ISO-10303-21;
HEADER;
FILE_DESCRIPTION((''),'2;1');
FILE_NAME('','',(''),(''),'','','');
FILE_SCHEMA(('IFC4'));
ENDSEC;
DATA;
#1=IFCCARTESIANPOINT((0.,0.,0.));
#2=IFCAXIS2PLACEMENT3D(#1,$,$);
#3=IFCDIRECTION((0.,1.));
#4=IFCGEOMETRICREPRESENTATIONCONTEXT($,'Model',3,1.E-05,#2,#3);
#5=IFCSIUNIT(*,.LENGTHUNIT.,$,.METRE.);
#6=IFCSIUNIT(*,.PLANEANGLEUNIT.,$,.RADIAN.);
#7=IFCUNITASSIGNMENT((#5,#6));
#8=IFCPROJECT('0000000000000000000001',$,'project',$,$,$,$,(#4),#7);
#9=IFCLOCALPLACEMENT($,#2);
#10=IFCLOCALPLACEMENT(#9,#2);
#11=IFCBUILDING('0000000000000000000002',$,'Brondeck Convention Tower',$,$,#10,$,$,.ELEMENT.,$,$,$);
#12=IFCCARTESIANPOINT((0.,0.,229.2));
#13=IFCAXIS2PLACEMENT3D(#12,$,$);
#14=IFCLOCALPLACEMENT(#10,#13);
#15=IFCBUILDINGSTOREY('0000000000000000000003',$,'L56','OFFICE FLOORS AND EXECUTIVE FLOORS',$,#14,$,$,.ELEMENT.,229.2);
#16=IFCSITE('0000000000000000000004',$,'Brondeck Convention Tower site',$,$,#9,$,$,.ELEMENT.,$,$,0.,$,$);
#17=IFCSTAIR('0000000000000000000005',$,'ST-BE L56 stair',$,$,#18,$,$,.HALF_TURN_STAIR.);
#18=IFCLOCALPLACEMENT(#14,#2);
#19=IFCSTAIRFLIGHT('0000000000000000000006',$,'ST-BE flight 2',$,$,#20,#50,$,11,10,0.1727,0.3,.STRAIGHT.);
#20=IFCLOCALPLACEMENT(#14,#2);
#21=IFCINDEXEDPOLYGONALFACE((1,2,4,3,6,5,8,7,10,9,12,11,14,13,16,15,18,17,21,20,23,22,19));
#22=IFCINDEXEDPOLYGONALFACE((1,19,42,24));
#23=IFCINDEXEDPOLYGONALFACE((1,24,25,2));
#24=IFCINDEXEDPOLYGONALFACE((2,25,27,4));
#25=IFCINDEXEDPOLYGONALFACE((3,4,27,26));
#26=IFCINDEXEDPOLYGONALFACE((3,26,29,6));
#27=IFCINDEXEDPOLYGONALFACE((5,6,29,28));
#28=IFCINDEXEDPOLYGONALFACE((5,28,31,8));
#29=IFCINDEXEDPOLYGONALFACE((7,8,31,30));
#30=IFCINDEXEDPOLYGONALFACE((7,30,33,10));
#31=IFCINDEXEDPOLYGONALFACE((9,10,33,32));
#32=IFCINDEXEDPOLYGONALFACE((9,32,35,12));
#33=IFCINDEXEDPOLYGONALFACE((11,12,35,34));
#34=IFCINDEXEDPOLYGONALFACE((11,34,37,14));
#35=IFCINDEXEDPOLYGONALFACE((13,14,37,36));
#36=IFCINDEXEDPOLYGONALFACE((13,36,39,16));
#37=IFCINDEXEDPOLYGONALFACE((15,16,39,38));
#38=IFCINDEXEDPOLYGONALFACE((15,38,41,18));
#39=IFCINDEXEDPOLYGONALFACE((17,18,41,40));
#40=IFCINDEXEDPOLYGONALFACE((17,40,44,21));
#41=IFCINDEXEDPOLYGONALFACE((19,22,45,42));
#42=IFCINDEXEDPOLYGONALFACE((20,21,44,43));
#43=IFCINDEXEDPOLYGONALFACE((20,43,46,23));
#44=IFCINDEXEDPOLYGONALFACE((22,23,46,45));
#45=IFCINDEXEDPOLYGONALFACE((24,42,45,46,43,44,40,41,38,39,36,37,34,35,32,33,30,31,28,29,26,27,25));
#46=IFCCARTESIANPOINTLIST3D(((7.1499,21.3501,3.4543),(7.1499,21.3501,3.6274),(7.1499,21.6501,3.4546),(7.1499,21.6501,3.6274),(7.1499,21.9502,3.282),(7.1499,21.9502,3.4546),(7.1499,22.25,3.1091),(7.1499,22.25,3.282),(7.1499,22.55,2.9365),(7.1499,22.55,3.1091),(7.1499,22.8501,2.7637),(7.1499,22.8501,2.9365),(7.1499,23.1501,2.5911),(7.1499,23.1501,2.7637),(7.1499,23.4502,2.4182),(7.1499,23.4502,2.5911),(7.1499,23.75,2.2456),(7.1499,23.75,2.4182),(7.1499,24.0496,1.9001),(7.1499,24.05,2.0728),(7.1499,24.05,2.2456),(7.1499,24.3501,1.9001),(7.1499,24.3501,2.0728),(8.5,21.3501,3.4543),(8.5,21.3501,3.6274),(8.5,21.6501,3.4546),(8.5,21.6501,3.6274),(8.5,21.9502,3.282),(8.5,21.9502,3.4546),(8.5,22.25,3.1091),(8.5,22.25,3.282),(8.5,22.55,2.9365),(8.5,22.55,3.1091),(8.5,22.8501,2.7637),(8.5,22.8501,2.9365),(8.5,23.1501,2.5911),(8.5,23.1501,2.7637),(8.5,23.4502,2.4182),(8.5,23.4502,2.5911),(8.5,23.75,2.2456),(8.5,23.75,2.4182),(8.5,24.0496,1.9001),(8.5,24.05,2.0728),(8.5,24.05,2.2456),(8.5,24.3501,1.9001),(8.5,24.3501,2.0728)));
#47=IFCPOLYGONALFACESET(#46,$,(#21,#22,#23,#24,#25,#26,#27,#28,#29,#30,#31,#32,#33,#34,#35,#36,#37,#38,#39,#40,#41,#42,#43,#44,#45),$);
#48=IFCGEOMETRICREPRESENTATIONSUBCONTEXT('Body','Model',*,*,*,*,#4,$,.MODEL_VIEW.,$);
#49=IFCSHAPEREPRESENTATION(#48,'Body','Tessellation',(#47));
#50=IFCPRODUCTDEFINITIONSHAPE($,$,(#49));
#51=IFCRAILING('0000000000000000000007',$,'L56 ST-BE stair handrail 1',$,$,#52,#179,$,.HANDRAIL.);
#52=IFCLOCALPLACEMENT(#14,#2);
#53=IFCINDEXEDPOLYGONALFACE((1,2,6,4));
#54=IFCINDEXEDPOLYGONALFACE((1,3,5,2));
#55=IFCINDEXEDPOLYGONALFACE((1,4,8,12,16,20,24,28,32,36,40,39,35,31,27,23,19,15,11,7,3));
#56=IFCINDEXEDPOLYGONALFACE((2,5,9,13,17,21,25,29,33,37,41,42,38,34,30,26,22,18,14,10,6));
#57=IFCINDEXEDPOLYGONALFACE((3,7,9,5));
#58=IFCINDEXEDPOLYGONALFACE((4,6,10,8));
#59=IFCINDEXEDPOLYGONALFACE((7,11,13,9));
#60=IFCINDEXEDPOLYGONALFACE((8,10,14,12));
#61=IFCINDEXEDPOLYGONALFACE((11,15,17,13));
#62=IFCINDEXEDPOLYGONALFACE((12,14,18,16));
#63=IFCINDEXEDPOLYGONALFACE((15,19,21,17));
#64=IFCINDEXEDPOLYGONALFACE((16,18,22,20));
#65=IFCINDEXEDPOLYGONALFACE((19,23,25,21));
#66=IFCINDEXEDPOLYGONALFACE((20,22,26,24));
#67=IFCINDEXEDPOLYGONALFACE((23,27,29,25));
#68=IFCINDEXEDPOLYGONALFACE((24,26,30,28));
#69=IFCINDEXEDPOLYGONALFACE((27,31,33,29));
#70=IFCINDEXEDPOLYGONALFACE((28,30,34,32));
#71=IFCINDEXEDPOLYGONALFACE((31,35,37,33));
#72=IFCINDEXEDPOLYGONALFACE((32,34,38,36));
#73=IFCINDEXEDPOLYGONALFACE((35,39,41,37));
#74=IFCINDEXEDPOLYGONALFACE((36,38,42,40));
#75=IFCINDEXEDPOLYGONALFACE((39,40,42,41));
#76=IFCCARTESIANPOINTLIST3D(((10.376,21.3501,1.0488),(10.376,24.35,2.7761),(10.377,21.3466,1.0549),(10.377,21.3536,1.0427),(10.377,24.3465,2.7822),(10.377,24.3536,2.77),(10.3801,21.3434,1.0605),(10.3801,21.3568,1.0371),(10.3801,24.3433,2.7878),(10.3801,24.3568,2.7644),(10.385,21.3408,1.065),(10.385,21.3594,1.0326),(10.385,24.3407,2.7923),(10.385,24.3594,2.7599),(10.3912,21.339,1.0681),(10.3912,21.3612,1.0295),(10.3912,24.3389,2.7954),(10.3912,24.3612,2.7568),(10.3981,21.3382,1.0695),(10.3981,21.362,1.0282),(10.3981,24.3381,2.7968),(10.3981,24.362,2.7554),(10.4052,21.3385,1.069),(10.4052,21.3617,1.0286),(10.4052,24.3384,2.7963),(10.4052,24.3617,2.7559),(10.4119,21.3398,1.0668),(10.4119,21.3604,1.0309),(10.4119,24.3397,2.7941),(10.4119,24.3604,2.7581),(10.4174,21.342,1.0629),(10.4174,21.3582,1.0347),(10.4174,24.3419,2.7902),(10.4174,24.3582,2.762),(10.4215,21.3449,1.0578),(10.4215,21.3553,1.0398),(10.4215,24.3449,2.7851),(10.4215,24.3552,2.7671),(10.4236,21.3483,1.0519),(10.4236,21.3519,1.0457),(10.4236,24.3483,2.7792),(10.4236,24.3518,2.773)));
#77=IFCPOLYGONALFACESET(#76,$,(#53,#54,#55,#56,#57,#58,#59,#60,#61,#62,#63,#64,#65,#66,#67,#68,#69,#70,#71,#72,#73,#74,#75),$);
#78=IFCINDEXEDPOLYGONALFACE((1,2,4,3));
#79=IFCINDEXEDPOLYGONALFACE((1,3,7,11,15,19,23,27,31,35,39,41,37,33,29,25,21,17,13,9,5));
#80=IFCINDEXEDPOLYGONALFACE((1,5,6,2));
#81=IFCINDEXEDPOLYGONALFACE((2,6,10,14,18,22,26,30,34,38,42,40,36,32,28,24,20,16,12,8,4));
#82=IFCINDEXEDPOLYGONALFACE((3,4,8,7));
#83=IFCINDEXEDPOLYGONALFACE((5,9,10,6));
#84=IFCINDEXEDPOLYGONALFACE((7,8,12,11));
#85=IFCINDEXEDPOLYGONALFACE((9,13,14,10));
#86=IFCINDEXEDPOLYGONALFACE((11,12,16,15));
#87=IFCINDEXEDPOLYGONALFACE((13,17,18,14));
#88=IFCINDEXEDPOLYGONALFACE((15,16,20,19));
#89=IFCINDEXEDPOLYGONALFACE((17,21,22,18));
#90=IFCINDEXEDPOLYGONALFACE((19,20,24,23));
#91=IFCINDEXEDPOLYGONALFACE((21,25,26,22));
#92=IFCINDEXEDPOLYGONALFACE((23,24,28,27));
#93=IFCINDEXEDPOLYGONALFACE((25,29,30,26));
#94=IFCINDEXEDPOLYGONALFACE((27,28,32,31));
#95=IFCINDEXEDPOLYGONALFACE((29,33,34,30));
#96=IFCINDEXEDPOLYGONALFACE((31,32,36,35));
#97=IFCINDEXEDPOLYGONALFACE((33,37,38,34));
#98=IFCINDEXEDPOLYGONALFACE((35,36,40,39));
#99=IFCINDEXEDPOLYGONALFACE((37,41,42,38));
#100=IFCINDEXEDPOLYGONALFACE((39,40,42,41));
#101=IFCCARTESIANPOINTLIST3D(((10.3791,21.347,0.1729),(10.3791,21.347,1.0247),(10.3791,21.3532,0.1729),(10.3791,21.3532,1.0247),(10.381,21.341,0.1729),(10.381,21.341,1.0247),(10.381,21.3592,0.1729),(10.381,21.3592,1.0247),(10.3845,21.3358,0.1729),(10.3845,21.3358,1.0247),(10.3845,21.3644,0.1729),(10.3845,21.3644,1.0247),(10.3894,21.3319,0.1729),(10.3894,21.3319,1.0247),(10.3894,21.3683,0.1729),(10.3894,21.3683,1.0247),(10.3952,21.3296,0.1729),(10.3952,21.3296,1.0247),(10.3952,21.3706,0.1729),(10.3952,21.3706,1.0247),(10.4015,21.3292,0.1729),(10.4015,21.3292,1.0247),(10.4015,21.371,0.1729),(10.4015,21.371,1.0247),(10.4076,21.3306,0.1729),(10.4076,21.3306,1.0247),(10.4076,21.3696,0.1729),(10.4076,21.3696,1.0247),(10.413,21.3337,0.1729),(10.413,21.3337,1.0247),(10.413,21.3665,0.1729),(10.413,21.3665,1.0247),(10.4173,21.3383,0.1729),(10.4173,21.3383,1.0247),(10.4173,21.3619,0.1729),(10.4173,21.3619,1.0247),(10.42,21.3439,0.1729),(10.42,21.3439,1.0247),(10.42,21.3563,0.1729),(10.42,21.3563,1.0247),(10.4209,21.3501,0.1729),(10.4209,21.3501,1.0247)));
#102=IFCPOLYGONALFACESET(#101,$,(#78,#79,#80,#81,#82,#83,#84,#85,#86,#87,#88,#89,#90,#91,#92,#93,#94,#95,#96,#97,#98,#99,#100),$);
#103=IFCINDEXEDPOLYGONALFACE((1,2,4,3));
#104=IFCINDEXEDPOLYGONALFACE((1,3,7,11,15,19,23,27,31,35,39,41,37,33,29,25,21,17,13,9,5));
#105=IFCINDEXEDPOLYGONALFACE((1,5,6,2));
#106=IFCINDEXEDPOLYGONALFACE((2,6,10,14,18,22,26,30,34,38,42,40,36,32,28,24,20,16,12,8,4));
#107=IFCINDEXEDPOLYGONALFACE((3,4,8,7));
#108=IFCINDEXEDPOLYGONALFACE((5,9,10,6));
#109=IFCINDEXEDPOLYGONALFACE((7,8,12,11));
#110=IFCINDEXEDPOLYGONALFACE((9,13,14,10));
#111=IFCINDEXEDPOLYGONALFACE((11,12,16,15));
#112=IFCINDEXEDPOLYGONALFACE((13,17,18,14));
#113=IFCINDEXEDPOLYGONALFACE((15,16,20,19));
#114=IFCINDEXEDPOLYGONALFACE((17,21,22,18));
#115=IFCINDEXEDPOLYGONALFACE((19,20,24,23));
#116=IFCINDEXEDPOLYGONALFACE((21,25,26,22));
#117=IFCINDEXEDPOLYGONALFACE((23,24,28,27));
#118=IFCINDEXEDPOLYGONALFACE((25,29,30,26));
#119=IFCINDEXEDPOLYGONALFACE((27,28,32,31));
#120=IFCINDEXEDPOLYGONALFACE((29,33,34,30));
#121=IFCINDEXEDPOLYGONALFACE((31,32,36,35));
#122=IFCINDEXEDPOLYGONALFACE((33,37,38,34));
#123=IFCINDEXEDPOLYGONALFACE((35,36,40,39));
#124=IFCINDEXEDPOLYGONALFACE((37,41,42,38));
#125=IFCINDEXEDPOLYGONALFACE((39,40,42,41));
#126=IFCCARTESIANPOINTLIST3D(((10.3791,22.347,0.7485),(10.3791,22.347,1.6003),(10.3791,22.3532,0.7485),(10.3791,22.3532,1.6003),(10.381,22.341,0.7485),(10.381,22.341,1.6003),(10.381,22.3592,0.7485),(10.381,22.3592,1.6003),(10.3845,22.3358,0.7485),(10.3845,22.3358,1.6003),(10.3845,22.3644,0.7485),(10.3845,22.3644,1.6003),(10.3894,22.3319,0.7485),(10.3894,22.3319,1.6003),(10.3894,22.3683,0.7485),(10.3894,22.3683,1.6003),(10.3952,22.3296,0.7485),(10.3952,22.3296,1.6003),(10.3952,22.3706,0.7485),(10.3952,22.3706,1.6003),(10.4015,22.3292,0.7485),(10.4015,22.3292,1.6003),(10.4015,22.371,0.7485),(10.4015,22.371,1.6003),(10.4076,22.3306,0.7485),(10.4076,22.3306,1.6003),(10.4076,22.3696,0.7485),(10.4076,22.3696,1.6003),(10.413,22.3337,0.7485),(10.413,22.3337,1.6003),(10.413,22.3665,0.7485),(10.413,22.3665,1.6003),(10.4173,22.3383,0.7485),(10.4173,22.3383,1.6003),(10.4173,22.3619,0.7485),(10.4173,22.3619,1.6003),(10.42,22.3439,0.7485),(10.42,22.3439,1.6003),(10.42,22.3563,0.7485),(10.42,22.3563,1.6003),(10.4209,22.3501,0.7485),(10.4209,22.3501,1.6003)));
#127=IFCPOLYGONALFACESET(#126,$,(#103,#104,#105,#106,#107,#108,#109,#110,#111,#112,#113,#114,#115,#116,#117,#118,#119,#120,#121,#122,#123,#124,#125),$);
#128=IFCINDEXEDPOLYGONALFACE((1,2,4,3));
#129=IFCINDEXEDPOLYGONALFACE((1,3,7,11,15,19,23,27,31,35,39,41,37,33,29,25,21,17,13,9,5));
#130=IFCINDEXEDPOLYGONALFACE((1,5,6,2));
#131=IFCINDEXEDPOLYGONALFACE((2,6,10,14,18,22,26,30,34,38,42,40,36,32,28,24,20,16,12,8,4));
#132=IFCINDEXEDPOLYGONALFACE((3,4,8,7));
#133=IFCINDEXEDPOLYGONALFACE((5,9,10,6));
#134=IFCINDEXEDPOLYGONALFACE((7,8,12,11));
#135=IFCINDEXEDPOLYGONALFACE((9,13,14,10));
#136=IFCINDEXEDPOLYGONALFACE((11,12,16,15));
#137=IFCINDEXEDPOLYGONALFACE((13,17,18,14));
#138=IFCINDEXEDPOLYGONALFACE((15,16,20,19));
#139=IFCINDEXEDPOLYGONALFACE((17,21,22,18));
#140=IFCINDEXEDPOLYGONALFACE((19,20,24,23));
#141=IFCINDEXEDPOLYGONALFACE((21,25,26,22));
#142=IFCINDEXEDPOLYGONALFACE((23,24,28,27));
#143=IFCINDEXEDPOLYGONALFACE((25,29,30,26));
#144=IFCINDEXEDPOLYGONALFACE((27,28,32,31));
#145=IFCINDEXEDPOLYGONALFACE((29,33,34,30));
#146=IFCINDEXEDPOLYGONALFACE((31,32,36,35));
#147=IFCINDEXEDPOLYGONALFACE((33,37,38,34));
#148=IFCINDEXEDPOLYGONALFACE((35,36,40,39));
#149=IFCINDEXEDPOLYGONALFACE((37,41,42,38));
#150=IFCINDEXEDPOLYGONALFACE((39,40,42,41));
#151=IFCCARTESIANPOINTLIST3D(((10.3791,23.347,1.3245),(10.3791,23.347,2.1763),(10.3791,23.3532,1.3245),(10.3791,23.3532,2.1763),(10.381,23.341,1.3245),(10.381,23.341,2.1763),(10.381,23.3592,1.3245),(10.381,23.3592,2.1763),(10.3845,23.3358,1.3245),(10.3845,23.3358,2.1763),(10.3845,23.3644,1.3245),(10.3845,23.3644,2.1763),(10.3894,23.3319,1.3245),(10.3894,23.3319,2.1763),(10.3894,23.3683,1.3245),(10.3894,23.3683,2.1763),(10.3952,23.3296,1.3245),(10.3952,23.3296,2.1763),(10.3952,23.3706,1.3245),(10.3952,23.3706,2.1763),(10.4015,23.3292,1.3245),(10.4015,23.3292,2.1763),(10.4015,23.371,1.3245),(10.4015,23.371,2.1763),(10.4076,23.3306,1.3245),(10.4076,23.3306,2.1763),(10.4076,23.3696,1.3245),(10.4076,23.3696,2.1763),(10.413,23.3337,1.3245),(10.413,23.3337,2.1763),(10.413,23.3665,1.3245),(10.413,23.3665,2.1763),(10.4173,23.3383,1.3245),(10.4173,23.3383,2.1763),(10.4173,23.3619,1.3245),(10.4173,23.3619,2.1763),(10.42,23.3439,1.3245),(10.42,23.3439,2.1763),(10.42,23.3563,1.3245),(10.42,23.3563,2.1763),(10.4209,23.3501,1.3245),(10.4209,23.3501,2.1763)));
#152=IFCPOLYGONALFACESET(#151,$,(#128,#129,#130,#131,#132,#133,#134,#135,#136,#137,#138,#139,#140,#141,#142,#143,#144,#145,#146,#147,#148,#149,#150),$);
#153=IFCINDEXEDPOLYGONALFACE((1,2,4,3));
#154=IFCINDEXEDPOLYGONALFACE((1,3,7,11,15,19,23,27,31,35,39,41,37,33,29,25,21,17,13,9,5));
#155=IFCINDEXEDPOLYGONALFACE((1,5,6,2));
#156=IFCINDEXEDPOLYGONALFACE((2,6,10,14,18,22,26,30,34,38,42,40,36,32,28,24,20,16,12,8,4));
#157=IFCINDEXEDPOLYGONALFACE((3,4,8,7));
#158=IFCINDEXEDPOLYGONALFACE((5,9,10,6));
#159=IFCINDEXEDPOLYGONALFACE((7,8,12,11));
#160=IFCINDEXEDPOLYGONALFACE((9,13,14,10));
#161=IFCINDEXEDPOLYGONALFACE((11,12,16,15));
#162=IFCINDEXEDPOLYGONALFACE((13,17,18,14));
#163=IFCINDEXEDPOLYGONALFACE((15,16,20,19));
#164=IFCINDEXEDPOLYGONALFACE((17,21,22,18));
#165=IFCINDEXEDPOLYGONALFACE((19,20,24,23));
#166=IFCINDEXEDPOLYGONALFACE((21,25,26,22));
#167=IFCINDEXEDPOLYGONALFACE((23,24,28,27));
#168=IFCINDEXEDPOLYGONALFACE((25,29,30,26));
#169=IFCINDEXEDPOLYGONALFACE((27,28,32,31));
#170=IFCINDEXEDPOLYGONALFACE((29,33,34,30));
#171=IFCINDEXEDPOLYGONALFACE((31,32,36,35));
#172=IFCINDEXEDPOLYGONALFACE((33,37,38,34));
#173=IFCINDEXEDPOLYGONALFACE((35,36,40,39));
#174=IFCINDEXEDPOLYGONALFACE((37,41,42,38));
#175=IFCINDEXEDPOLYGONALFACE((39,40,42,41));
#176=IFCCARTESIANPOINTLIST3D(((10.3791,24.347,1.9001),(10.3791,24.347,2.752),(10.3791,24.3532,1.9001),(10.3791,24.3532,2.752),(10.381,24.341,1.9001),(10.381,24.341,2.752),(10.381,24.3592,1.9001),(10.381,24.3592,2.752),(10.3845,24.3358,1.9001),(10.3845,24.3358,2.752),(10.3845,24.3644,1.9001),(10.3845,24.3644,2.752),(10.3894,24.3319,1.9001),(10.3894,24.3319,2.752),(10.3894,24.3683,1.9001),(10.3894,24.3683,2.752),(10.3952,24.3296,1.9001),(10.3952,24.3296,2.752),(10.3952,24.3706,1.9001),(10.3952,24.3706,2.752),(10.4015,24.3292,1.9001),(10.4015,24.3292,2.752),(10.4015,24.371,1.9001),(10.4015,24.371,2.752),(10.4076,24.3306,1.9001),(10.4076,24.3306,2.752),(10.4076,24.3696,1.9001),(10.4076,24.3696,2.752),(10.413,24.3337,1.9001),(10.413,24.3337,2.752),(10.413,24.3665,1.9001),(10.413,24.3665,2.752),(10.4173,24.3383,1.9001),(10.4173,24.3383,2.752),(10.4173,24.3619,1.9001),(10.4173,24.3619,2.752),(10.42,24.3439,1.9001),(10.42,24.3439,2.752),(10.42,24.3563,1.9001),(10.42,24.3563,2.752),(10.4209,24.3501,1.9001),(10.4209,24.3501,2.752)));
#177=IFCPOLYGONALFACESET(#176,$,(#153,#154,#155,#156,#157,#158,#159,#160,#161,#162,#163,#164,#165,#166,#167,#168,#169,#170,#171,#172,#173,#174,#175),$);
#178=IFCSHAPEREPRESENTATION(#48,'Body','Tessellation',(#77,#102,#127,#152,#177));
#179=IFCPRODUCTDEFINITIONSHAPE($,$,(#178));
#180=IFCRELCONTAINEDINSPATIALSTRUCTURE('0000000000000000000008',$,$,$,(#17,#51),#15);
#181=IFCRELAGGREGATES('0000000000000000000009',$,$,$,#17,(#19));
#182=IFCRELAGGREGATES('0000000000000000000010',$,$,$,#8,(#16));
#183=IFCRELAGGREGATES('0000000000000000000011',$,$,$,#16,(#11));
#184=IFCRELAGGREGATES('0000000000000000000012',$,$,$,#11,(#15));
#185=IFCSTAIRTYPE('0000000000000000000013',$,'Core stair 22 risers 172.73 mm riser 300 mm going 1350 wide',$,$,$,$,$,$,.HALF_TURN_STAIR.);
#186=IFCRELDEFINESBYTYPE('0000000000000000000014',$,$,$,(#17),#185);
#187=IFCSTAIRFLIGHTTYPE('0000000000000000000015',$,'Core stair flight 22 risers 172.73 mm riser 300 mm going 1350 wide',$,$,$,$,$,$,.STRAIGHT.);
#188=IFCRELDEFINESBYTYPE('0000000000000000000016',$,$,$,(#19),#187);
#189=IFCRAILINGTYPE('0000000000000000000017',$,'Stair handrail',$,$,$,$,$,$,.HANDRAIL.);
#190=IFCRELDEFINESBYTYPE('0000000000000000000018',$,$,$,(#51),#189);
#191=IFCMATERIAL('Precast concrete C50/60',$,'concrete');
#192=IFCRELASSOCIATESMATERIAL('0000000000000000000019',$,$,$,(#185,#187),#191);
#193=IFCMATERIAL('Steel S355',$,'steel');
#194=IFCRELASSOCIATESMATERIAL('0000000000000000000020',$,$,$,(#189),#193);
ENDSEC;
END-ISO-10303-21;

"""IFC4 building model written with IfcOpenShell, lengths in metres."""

from ifc_helpers import new_model, si_unit, direction, frame, origin, origin_2d, place, context, subcontext, project, spatial, polyline, circle, outline, extrude, material, type_object, element, aggregate, save


model = new_model("IFC4")

# Units and contexts
model_context = context("Model", 3, precision=1e-05, world=origin(), true_north=direction((0.0, 1.0)))
body_context = subcontext(model_context, "Body", "Model", "MODEL_VIEW")
ifc_project = project(units=[si_unit("LENGTHUNIT", "METRE"), si_unit("PLANEANGLEUNIT", "RADIAN")], contexts=[model_context])

# Site, building, storey
site_placement = place(None, origin())
site = spatial("IfcSite", under=ifc_project, at=site_placement, Name="Brondeck Convention Tower site", CompositionType="ELEMENT", RefElevation=0.0)
building_placement = place(site_placement, origin())
building = spatial("IfcBuilding", under=site, at=building_placement, Name="Brondeck Convention Tower", CompositionType="ELEMENT")
storey_placement = place(building_placement, frame((0.0, 0.0, 229.2)))
storey = spatial("IfcBuildingStorey", under=building, at=storey_placement, Name="L56", Description="OFFICE FLOORS AND EXECUTIVE FLOORS", CompositionType="ELEMENT", Elevation=229.2)

# Shared definitions
ifc_material_1 = material(Name="Steel S355", Category="steel")

# Stair, stair flight
ifc_material_2 = material(Name="Precast concrete C50/60", Category="concrete")
stair_type = type_object("IfcStairType", Name="Core stair 22 risers 172.73 mm riser 300 mm going 1350 wide", PredefinedType="HALF_TURN_STAIR", material=ifc_material_2)
stair_placement = place(storey_placement, origin())
stair = element("IfcStair", 1, at=stair_placement, inside=storey, type_object=stair_type, Name="ST-BE L56 stair", PredefinedType="HALF_TURN_STAIR")
stair_flight_type = type_object("IfcStairFlightType", Name="Core stair flight 22 risers 172.73 mm riser 300 mm going 1350 wide", PredefinedType="STRAIGHT", material=ifc_material_2)
stair_flight_1_placement = place(storey_placement, frame((7.825, 24.3501, 1.9001), z_axis=(0.0, 0.0, 1.0), x_axis=(0.0, -1.0, 0.0)))
stair_flight_1 = element("IfcStairFlight", 2, at=stair_flight_1_placement, type_object=stair_flight_type, Name="ST-BE flight 2", NumberOfRisers=11, NumberOfTreads=10, PredefinedType="STRAIGHT", RiserHeight=0.1727, TreadLength=0.3, context=body_context, shape_type="SweptSolid", body=[
    extrude(outline(polyline([(0.0, 0.0), (0.0, 0.1726), (0.3, 0.1726), (0.3, 0.3455), (0.6001, 0.3455), (0.6001, 0.5181), (0.8999, 0.5181), (0.8999, 0.6909), (1.2, 0.6909), (1.2, 0.8635), (1.5, 0.8635), (1.5, 1.0364), (1.8, 1.0364), (1.8, 1.209), (2.1001, 1.209), (2.1001, 1.3818), (2.3999, 1.3818), (2.3999, 1.5544), (2.7, 1.5544), (2.7, 1.7273), (3.0, 1.7273), (3.0, 1.8999), (3.0, 1.5542), (0.3005, 0.0), (0.0, 0.0)])), frame((0.0, 0.675, 0.0), z_axis=(0.0, -1.0, 0.0), x_axis=(1.0, 0.0, 0.0)), (0.0, 0.0, 1.0), 1.3501),
])
aggregate(stair, [stair_flight_1])

# Railing
railing_type_1 = type_object("IfcRailingType", Name="Stair handrail", PredefinedType="HANDRAIL", material=ifc_material_1)
railing_1_placement = place(storey_placement, frame((10.3999, 21.3501, 0.1729)))
element("IfcRailing", 3, at=railing_1_placement, inside=storey, type_object=railing_type_1, Name="L56 ST-BE stair handrail 1", PredefinedType="HANDRAIL", context=body_context, shape_type="SweptSolid", body=[
    extrude(circle(Radius=0.0239, at=origin_2d()), frame((0.0, 0.0, 0.876), z_axis=(0.0, 0.86662, 0.498969), x_axis=(-1.0, 0.0, 0.0)), (0.0, 0.0, 1.0), 3.4617),
    extrude(circle(Radius=0.021, at=origin_2d()), origin(), (0.0, 0.0, 1.0), 0.8518),
    extrude(circle(Radius=0.021, at=origin_2d()), frame((0.0, 1.0, 0.5757)), (0.0, 0.0, 1.0), 0.8518),
    extrude(circle(Radius=0.021, at=origin_2d()), frame((0.0, 2.0, 1.1516)), (0.0, 0.0, 1.0), 0.8518),
    extrude(circle(Radius=0.021, at=origin_2d()), frame((0.0, 3.0, 1.7273)), (0.0, 0.0, 1.0), 0.8518),
])

save(model, "model.ifc")
